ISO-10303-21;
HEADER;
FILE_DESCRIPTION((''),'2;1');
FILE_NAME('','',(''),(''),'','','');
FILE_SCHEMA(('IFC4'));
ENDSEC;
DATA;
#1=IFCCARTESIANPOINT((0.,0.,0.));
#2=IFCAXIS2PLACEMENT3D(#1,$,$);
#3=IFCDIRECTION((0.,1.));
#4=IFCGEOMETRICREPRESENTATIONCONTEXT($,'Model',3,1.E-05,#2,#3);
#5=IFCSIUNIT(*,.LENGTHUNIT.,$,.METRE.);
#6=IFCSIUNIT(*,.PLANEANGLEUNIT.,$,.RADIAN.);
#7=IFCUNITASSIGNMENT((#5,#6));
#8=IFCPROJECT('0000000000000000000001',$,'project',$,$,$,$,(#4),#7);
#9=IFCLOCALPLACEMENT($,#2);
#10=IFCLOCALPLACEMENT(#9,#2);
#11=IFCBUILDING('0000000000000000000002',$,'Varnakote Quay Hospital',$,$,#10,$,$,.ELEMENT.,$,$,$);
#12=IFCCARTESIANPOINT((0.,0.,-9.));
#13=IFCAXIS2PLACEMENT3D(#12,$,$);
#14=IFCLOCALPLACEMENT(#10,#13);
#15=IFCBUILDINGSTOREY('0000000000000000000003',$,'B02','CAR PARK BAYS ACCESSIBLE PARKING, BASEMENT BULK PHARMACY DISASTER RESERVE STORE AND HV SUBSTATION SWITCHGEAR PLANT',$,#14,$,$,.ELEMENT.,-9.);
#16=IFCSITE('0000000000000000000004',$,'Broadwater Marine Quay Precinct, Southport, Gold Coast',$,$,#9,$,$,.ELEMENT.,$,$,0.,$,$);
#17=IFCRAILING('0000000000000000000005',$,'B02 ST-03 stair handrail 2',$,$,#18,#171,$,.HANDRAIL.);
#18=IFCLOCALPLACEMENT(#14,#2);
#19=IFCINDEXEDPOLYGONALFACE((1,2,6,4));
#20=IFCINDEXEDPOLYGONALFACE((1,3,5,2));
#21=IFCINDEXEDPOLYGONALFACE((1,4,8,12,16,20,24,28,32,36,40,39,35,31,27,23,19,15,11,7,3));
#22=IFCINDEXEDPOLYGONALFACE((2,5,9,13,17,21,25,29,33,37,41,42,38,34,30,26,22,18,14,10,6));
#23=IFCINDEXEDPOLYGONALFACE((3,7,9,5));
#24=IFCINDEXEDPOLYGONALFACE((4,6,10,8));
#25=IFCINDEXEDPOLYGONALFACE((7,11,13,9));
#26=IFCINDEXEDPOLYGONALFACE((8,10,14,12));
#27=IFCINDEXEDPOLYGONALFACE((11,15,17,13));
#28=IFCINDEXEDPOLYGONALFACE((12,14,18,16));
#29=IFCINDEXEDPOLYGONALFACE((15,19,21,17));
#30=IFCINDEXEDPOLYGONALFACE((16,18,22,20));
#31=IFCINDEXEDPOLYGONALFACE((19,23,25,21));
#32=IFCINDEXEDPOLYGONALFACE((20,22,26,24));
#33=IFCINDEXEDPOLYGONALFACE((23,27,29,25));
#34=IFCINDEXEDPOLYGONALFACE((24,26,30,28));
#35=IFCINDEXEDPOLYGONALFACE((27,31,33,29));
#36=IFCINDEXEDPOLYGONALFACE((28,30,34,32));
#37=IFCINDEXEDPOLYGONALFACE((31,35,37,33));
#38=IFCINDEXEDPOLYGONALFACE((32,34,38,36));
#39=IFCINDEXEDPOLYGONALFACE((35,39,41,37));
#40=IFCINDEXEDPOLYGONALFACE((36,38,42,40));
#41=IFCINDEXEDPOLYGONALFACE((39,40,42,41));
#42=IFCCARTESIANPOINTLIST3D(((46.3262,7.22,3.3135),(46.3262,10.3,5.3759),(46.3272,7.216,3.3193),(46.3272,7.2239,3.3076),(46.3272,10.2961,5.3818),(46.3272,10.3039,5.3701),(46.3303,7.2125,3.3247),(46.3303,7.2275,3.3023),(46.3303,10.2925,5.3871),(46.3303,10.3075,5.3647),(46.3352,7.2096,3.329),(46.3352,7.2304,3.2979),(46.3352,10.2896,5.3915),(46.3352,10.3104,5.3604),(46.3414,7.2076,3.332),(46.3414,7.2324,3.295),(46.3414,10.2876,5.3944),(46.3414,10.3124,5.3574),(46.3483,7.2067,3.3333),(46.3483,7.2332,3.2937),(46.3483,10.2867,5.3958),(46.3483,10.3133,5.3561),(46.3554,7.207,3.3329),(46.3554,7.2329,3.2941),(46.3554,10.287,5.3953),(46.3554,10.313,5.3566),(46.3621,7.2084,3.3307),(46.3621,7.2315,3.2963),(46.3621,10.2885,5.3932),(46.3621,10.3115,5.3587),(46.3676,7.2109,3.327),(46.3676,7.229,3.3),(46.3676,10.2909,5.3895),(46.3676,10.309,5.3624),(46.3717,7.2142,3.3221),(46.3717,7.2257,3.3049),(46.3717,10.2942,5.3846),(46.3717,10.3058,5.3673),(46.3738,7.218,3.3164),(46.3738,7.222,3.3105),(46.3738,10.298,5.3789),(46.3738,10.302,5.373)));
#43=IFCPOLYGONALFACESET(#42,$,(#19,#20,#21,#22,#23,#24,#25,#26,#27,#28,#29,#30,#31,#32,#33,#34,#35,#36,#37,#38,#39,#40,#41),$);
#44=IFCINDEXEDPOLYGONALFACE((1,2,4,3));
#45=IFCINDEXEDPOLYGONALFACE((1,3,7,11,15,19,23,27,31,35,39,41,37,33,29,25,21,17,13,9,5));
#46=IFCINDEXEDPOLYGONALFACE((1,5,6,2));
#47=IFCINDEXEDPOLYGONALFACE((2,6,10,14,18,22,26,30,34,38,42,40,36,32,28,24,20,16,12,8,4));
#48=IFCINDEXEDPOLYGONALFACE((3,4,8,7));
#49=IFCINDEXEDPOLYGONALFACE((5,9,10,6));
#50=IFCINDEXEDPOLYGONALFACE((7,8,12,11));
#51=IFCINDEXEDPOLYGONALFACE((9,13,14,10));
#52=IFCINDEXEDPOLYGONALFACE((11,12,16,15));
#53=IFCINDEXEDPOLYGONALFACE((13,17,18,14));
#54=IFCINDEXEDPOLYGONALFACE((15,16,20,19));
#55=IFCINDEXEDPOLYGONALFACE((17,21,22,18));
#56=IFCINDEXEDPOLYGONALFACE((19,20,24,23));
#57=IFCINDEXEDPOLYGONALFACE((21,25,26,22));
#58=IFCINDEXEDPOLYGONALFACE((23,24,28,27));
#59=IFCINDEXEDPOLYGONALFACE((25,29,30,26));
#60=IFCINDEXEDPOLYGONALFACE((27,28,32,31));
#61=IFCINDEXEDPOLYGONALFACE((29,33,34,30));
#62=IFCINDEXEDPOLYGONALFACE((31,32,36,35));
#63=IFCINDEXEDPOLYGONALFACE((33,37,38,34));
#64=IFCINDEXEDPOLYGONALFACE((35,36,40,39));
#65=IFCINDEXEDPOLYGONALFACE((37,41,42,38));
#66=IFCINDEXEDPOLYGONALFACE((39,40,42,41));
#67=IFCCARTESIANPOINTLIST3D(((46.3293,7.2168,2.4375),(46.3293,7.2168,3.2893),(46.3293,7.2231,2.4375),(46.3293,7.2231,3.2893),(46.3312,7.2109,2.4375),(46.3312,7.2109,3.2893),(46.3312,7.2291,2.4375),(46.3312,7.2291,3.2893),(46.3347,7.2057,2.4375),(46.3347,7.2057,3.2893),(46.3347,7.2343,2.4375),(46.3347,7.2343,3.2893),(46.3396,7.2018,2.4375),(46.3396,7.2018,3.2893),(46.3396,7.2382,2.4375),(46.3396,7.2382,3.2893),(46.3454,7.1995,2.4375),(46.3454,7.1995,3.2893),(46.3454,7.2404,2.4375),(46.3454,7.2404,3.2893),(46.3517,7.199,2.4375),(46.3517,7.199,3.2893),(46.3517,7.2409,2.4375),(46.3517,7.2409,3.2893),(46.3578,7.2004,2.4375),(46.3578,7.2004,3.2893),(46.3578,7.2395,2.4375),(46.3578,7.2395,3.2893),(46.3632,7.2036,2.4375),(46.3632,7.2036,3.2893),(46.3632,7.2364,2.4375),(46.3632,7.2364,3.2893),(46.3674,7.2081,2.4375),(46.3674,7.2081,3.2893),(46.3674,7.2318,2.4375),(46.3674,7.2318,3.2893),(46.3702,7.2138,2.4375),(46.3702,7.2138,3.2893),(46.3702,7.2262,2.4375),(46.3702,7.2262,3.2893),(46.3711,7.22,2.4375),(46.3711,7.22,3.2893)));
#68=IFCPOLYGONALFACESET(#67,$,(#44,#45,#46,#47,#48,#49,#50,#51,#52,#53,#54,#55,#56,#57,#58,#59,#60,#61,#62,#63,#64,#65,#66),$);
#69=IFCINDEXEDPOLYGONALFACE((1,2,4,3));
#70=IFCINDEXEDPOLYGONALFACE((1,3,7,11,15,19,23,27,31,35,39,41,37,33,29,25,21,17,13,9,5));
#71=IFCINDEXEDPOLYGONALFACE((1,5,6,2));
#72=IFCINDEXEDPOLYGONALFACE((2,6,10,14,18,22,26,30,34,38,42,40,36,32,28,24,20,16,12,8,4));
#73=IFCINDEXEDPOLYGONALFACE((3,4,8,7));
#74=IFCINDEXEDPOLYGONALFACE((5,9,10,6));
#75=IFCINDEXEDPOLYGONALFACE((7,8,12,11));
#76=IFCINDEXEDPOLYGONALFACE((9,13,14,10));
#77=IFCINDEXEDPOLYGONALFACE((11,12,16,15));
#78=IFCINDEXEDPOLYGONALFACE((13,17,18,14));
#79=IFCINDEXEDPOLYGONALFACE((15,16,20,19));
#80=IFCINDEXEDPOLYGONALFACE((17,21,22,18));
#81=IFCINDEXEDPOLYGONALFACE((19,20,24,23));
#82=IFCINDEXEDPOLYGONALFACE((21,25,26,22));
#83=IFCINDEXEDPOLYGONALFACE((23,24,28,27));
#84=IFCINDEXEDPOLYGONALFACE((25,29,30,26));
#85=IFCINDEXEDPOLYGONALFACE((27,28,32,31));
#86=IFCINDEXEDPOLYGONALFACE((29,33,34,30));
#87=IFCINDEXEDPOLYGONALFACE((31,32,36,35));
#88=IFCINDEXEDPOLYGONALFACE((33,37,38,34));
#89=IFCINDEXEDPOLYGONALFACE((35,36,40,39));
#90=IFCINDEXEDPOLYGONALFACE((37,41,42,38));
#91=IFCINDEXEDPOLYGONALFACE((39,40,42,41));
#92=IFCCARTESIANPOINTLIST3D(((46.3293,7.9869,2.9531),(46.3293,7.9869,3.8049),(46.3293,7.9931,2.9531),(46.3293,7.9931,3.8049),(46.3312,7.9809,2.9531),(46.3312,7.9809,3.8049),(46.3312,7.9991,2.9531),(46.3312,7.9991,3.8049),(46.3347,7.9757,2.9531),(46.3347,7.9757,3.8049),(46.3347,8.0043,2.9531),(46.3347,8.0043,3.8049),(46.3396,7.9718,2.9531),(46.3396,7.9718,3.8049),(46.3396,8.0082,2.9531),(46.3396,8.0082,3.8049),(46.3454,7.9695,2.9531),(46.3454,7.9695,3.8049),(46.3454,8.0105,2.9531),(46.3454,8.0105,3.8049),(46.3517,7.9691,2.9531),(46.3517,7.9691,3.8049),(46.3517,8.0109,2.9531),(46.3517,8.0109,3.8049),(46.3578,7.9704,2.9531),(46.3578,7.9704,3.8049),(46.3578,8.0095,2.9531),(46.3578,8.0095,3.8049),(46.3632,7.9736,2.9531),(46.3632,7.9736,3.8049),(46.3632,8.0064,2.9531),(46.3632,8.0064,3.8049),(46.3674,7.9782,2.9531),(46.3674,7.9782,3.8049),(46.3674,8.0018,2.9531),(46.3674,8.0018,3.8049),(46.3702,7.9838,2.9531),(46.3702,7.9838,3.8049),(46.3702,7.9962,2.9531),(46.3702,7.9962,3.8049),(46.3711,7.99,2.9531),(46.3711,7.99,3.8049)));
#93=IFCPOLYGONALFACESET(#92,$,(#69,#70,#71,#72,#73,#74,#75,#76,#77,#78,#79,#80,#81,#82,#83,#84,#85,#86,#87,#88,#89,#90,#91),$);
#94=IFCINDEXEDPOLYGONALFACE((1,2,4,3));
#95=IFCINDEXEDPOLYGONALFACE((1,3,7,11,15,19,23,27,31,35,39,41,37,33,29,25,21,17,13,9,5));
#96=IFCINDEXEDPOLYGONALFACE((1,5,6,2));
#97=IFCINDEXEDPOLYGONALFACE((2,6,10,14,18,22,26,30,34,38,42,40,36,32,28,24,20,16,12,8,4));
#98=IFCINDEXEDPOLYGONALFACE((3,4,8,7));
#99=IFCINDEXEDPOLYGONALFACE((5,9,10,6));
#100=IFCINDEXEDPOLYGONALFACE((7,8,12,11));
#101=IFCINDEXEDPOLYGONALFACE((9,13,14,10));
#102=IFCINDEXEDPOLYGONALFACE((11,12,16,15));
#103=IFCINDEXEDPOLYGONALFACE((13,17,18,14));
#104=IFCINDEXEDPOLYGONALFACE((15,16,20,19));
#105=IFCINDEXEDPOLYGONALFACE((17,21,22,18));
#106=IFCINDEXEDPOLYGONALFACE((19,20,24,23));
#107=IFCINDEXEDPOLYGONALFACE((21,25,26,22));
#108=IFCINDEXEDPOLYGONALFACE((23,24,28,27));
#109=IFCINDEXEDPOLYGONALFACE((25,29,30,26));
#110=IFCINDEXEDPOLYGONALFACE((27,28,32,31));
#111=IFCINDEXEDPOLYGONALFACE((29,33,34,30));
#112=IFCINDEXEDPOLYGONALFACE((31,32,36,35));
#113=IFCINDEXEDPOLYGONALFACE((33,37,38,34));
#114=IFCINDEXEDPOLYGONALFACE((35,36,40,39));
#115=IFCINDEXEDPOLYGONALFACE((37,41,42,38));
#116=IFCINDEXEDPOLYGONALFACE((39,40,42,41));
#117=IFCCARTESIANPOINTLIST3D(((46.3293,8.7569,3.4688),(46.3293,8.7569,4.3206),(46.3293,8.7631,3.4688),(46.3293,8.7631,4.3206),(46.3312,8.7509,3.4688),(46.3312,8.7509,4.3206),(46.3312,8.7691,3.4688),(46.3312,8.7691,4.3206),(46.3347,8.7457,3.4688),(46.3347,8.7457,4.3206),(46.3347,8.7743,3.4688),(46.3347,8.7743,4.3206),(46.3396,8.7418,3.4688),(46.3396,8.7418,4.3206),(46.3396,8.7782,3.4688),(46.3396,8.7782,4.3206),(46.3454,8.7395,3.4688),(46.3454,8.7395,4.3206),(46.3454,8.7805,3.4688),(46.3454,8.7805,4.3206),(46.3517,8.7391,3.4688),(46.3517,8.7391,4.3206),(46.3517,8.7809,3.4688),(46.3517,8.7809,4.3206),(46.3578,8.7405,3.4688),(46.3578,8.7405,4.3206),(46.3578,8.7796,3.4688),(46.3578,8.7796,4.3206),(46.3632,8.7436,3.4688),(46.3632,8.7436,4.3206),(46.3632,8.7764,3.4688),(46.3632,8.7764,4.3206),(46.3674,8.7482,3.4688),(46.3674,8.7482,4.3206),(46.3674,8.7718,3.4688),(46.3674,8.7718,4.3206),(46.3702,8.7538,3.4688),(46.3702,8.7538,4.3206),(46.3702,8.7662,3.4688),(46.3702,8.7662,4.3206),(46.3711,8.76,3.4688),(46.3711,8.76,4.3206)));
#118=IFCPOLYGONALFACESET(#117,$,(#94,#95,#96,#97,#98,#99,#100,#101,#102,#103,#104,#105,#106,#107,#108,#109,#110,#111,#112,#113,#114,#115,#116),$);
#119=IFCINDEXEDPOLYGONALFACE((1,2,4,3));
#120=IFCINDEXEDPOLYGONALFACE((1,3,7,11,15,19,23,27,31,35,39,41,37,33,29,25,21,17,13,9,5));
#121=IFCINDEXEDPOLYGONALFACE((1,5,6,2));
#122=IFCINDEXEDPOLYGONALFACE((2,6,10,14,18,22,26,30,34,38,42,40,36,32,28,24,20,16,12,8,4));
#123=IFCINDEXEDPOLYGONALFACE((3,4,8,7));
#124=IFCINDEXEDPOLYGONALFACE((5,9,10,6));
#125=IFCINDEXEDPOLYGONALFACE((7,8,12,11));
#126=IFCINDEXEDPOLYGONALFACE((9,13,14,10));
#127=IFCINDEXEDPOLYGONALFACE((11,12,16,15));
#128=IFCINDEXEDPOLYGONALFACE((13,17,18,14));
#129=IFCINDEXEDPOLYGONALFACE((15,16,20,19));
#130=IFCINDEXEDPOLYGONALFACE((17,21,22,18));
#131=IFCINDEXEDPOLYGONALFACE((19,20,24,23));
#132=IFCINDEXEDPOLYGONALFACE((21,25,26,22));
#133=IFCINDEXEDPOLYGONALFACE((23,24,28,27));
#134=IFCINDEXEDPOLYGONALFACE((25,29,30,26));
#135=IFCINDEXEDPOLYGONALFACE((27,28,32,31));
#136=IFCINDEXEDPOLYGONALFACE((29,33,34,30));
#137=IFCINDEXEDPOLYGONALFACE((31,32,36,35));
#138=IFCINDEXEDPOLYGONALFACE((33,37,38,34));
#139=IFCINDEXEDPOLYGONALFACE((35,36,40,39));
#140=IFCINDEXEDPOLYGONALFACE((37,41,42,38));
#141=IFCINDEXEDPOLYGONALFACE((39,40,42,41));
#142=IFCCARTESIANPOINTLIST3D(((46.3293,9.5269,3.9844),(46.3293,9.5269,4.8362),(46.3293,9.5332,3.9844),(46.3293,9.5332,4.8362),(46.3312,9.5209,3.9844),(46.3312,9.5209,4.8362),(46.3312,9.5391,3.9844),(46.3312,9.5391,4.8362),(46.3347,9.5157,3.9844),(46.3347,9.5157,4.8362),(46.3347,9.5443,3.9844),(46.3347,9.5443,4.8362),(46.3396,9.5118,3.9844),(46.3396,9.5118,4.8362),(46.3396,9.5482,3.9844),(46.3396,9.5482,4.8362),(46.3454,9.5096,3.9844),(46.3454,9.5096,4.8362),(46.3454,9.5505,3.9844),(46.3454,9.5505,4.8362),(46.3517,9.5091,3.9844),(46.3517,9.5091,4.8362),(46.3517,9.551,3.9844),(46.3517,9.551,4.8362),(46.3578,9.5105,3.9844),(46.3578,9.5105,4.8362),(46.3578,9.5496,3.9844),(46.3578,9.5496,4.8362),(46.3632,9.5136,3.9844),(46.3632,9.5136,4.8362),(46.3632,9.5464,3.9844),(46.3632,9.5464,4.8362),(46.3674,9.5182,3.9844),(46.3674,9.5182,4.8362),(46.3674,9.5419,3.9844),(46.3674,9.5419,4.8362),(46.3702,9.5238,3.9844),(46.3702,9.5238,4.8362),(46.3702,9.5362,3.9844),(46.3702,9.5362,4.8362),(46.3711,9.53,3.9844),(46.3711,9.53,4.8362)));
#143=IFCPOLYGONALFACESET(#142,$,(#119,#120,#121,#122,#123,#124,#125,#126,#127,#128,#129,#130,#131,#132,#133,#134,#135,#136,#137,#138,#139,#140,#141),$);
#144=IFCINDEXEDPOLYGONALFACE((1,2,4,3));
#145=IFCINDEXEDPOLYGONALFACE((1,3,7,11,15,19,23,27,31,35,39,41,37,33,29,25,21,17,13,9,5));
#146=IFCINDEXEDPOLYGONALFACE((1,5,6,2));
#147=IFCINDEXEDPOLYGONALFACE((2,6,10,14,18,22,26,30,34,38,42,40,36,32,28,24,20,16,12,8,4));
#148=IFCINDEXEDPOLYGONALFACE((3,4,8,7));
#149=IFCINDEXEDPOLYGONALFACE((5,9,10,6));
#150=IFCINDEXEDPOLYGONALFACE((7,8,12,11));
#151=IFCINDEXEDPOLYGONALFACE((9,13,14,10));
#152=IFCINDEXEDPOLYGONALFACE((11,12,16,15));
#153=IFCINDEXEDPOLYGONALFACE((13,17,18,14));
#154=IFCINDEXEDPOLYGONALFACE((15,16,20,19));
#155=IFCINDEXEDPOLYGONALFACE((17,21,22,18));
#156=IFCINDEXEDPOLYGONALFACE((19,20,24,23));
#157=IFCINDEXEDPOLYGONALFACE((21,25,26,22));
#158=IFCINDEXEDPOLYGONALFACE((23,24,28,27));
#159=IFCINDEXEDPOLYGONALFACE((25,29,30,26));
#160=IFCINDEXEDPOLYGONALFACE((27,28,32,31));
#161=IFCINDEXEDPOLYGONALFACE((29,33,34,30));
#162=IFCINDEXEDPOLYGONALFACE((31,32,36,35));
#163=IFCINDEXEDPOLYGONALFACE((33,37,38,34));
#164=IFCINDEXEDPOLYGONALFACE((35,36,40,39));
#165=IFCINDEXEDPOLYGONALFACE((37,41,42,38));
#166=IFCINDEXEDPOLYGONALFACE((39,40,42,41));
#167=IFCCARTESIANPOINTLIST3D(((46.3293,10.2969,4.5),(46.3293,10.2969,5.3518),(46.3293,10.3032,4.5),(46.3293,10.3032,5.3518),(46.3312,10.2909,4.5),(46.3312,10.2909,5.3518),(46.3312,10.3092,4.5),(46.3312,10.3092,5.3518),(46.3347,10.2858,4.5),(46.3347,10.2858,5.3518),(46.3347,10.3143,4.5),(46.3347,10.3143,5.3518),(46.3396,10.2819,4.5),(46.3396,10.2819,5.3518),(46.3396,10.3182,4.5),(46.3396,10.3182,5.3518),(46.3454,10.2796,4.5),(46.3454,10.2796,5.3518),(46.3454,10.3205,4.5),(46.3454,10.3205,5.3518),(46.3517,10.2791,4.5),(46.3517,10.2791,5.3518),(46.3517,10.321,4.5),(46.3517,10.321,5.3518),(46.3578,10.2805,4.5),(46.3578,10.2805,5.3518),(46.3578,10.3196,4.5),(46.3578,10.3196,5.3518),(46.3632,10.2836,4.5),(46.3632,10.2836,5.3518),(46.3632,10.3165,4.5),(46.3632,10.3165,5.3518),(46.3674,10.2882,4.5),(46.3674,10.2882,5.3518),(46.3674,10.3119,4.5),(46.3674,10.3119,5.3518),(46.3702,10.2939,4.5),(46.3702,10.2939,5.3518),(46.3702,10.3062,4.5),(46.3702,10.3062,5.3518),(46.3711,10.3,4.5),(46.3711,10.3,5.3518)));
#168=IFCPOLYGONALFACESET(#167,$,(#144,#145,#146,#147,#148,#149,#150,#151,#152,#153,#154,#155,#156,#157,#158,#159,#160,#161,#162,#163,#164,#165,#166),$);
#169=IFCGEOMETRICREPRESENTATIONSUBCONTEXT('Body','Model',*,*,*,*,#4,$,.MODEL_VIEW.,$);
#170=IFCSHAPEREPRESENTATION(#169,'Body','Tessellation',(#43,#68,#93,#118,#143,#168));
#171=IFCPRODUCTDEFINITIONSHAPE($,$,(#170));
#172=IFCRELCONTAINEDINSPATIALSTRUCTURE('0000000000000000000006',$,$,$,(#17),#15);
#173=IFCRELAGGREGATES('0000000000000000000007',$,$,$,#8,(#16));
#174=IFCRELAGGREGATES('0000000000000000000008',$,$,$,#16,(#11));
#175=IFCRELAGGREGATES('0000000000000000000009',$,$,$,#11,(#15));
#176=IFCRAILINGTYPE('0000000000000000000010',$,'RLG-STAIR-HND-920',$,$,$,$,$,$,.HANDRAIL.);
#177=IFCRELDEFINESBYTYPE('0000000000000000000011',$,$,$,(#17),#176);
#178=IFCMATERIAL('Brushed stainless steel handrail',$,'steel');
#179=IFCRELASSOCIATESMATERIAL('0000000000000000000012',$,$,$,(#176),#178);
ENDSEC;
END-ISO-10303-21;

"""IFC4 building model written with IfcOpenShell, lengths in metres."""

from ifc_helpers import new_model, si_unit, direction, frame, origin, origin_2d, place, context, subcontext, project, spatial, circle, extrude, material, type_object, element, save


model = new_model("IFC4")

# Units and contexts
model_context = context("Model", 3, precision=1e-05, world=origin(), true_north=direction((0.0, 1.0)))
body_context = subcontext(model_context, "Body", "Model", "MODEL_VIEW")
ifc_project = project(units=[si_unit("LENGTHUNIT", "METRE"), si_unit("PLANEANGLEUNIT", "RADIAN")], contexts=[model_context])

# Site, building, storey
site_placement = place(None, origin())
site = spatial("IfcSite", under=ifc_project, at=site_placement, Name="Broadwater Marine Quay Precinct, Southport, Gold Coast", CompositionType="ELEMENT", RefElevation=0.0)
building_placement = place(site_placement, origin())
building = spatial("IfcBuilding", under=site, at=building_placement, Name="Varnakote Quay Hospital", CompositionType="ELEMENT")
storey_placement = place(building_placement, frame((0.0, 0.0, -9.0)))
storey = spatial("IfcBuildingStorey", under=building, at=storey_placement, Name="B02", Description="CAR PARK BAYS ACCESSIBLE PARKING, BASEMENT BULK PHARMACY DISASTER RESERVE STORE AND HV SUBSTATION SWITCHGEAR PLANT", CompositionType="ELEMENT", Elevation=-9.0)

# Railing
ifc_material_1 = material(Name="Brushed stainless steel handrail", Category="steel")
railing_type_1 = type_object("IfcRailingType", Name="RLG-STAIR-HND-920", PredefinedType="HANDRAIL", material=ifc_material_1)
railing_1_placement = place(storey_placement, frame((46.3501, 7.22, 2.4375)))
element("IfcRailing", 1, at=railing_1_placement, inside=storey, type_object=railing_type_1, Name="B02 ST-03 stair handrail 2", PredefinedType="HANDRAIL", context=body_context, shape_type="SweptSolid", body=[
    extrude(circle(Radius=0.0239, at=origin_2d()), frame((0.0, 0.0, 0.876), z_axis=(0.0, 0.830914, 0.556401), x_axis=(-1.0, 0.0, 0.0)), (0.0, 0.0, 1.0), 3.7068),
    extrude(circle(Radius=0.021, at=origin_2d()), origin(), (0.0, 0.0, 1.0), 0.8518),
    extrude(circle(Radius=0.021, at=origin_2d()), frame((0.0, 0.77, 0.5156)), (0.0, 0.0, 1.0), 0.8518),
    extrude(circle(Radius=0.021, at=origin_2d()), frame((0.0, 1.54, 1.0312)), (0.0, 0.0, 1.0), 0.8518),
    extrude(circle(Radius=0.021, at=origin_2d()), frame((0.0, 2.3101, 1.5469)), (0.0, 0.0, 1.0), 0.8518),
    extrude(circle(Radius=0.021, at=origin_2d()), frame((0.0, 3.0801, 2.0625)), (0.0, 0.0, 1.0), 0.8518),
])

save(model, "model.ifc")
